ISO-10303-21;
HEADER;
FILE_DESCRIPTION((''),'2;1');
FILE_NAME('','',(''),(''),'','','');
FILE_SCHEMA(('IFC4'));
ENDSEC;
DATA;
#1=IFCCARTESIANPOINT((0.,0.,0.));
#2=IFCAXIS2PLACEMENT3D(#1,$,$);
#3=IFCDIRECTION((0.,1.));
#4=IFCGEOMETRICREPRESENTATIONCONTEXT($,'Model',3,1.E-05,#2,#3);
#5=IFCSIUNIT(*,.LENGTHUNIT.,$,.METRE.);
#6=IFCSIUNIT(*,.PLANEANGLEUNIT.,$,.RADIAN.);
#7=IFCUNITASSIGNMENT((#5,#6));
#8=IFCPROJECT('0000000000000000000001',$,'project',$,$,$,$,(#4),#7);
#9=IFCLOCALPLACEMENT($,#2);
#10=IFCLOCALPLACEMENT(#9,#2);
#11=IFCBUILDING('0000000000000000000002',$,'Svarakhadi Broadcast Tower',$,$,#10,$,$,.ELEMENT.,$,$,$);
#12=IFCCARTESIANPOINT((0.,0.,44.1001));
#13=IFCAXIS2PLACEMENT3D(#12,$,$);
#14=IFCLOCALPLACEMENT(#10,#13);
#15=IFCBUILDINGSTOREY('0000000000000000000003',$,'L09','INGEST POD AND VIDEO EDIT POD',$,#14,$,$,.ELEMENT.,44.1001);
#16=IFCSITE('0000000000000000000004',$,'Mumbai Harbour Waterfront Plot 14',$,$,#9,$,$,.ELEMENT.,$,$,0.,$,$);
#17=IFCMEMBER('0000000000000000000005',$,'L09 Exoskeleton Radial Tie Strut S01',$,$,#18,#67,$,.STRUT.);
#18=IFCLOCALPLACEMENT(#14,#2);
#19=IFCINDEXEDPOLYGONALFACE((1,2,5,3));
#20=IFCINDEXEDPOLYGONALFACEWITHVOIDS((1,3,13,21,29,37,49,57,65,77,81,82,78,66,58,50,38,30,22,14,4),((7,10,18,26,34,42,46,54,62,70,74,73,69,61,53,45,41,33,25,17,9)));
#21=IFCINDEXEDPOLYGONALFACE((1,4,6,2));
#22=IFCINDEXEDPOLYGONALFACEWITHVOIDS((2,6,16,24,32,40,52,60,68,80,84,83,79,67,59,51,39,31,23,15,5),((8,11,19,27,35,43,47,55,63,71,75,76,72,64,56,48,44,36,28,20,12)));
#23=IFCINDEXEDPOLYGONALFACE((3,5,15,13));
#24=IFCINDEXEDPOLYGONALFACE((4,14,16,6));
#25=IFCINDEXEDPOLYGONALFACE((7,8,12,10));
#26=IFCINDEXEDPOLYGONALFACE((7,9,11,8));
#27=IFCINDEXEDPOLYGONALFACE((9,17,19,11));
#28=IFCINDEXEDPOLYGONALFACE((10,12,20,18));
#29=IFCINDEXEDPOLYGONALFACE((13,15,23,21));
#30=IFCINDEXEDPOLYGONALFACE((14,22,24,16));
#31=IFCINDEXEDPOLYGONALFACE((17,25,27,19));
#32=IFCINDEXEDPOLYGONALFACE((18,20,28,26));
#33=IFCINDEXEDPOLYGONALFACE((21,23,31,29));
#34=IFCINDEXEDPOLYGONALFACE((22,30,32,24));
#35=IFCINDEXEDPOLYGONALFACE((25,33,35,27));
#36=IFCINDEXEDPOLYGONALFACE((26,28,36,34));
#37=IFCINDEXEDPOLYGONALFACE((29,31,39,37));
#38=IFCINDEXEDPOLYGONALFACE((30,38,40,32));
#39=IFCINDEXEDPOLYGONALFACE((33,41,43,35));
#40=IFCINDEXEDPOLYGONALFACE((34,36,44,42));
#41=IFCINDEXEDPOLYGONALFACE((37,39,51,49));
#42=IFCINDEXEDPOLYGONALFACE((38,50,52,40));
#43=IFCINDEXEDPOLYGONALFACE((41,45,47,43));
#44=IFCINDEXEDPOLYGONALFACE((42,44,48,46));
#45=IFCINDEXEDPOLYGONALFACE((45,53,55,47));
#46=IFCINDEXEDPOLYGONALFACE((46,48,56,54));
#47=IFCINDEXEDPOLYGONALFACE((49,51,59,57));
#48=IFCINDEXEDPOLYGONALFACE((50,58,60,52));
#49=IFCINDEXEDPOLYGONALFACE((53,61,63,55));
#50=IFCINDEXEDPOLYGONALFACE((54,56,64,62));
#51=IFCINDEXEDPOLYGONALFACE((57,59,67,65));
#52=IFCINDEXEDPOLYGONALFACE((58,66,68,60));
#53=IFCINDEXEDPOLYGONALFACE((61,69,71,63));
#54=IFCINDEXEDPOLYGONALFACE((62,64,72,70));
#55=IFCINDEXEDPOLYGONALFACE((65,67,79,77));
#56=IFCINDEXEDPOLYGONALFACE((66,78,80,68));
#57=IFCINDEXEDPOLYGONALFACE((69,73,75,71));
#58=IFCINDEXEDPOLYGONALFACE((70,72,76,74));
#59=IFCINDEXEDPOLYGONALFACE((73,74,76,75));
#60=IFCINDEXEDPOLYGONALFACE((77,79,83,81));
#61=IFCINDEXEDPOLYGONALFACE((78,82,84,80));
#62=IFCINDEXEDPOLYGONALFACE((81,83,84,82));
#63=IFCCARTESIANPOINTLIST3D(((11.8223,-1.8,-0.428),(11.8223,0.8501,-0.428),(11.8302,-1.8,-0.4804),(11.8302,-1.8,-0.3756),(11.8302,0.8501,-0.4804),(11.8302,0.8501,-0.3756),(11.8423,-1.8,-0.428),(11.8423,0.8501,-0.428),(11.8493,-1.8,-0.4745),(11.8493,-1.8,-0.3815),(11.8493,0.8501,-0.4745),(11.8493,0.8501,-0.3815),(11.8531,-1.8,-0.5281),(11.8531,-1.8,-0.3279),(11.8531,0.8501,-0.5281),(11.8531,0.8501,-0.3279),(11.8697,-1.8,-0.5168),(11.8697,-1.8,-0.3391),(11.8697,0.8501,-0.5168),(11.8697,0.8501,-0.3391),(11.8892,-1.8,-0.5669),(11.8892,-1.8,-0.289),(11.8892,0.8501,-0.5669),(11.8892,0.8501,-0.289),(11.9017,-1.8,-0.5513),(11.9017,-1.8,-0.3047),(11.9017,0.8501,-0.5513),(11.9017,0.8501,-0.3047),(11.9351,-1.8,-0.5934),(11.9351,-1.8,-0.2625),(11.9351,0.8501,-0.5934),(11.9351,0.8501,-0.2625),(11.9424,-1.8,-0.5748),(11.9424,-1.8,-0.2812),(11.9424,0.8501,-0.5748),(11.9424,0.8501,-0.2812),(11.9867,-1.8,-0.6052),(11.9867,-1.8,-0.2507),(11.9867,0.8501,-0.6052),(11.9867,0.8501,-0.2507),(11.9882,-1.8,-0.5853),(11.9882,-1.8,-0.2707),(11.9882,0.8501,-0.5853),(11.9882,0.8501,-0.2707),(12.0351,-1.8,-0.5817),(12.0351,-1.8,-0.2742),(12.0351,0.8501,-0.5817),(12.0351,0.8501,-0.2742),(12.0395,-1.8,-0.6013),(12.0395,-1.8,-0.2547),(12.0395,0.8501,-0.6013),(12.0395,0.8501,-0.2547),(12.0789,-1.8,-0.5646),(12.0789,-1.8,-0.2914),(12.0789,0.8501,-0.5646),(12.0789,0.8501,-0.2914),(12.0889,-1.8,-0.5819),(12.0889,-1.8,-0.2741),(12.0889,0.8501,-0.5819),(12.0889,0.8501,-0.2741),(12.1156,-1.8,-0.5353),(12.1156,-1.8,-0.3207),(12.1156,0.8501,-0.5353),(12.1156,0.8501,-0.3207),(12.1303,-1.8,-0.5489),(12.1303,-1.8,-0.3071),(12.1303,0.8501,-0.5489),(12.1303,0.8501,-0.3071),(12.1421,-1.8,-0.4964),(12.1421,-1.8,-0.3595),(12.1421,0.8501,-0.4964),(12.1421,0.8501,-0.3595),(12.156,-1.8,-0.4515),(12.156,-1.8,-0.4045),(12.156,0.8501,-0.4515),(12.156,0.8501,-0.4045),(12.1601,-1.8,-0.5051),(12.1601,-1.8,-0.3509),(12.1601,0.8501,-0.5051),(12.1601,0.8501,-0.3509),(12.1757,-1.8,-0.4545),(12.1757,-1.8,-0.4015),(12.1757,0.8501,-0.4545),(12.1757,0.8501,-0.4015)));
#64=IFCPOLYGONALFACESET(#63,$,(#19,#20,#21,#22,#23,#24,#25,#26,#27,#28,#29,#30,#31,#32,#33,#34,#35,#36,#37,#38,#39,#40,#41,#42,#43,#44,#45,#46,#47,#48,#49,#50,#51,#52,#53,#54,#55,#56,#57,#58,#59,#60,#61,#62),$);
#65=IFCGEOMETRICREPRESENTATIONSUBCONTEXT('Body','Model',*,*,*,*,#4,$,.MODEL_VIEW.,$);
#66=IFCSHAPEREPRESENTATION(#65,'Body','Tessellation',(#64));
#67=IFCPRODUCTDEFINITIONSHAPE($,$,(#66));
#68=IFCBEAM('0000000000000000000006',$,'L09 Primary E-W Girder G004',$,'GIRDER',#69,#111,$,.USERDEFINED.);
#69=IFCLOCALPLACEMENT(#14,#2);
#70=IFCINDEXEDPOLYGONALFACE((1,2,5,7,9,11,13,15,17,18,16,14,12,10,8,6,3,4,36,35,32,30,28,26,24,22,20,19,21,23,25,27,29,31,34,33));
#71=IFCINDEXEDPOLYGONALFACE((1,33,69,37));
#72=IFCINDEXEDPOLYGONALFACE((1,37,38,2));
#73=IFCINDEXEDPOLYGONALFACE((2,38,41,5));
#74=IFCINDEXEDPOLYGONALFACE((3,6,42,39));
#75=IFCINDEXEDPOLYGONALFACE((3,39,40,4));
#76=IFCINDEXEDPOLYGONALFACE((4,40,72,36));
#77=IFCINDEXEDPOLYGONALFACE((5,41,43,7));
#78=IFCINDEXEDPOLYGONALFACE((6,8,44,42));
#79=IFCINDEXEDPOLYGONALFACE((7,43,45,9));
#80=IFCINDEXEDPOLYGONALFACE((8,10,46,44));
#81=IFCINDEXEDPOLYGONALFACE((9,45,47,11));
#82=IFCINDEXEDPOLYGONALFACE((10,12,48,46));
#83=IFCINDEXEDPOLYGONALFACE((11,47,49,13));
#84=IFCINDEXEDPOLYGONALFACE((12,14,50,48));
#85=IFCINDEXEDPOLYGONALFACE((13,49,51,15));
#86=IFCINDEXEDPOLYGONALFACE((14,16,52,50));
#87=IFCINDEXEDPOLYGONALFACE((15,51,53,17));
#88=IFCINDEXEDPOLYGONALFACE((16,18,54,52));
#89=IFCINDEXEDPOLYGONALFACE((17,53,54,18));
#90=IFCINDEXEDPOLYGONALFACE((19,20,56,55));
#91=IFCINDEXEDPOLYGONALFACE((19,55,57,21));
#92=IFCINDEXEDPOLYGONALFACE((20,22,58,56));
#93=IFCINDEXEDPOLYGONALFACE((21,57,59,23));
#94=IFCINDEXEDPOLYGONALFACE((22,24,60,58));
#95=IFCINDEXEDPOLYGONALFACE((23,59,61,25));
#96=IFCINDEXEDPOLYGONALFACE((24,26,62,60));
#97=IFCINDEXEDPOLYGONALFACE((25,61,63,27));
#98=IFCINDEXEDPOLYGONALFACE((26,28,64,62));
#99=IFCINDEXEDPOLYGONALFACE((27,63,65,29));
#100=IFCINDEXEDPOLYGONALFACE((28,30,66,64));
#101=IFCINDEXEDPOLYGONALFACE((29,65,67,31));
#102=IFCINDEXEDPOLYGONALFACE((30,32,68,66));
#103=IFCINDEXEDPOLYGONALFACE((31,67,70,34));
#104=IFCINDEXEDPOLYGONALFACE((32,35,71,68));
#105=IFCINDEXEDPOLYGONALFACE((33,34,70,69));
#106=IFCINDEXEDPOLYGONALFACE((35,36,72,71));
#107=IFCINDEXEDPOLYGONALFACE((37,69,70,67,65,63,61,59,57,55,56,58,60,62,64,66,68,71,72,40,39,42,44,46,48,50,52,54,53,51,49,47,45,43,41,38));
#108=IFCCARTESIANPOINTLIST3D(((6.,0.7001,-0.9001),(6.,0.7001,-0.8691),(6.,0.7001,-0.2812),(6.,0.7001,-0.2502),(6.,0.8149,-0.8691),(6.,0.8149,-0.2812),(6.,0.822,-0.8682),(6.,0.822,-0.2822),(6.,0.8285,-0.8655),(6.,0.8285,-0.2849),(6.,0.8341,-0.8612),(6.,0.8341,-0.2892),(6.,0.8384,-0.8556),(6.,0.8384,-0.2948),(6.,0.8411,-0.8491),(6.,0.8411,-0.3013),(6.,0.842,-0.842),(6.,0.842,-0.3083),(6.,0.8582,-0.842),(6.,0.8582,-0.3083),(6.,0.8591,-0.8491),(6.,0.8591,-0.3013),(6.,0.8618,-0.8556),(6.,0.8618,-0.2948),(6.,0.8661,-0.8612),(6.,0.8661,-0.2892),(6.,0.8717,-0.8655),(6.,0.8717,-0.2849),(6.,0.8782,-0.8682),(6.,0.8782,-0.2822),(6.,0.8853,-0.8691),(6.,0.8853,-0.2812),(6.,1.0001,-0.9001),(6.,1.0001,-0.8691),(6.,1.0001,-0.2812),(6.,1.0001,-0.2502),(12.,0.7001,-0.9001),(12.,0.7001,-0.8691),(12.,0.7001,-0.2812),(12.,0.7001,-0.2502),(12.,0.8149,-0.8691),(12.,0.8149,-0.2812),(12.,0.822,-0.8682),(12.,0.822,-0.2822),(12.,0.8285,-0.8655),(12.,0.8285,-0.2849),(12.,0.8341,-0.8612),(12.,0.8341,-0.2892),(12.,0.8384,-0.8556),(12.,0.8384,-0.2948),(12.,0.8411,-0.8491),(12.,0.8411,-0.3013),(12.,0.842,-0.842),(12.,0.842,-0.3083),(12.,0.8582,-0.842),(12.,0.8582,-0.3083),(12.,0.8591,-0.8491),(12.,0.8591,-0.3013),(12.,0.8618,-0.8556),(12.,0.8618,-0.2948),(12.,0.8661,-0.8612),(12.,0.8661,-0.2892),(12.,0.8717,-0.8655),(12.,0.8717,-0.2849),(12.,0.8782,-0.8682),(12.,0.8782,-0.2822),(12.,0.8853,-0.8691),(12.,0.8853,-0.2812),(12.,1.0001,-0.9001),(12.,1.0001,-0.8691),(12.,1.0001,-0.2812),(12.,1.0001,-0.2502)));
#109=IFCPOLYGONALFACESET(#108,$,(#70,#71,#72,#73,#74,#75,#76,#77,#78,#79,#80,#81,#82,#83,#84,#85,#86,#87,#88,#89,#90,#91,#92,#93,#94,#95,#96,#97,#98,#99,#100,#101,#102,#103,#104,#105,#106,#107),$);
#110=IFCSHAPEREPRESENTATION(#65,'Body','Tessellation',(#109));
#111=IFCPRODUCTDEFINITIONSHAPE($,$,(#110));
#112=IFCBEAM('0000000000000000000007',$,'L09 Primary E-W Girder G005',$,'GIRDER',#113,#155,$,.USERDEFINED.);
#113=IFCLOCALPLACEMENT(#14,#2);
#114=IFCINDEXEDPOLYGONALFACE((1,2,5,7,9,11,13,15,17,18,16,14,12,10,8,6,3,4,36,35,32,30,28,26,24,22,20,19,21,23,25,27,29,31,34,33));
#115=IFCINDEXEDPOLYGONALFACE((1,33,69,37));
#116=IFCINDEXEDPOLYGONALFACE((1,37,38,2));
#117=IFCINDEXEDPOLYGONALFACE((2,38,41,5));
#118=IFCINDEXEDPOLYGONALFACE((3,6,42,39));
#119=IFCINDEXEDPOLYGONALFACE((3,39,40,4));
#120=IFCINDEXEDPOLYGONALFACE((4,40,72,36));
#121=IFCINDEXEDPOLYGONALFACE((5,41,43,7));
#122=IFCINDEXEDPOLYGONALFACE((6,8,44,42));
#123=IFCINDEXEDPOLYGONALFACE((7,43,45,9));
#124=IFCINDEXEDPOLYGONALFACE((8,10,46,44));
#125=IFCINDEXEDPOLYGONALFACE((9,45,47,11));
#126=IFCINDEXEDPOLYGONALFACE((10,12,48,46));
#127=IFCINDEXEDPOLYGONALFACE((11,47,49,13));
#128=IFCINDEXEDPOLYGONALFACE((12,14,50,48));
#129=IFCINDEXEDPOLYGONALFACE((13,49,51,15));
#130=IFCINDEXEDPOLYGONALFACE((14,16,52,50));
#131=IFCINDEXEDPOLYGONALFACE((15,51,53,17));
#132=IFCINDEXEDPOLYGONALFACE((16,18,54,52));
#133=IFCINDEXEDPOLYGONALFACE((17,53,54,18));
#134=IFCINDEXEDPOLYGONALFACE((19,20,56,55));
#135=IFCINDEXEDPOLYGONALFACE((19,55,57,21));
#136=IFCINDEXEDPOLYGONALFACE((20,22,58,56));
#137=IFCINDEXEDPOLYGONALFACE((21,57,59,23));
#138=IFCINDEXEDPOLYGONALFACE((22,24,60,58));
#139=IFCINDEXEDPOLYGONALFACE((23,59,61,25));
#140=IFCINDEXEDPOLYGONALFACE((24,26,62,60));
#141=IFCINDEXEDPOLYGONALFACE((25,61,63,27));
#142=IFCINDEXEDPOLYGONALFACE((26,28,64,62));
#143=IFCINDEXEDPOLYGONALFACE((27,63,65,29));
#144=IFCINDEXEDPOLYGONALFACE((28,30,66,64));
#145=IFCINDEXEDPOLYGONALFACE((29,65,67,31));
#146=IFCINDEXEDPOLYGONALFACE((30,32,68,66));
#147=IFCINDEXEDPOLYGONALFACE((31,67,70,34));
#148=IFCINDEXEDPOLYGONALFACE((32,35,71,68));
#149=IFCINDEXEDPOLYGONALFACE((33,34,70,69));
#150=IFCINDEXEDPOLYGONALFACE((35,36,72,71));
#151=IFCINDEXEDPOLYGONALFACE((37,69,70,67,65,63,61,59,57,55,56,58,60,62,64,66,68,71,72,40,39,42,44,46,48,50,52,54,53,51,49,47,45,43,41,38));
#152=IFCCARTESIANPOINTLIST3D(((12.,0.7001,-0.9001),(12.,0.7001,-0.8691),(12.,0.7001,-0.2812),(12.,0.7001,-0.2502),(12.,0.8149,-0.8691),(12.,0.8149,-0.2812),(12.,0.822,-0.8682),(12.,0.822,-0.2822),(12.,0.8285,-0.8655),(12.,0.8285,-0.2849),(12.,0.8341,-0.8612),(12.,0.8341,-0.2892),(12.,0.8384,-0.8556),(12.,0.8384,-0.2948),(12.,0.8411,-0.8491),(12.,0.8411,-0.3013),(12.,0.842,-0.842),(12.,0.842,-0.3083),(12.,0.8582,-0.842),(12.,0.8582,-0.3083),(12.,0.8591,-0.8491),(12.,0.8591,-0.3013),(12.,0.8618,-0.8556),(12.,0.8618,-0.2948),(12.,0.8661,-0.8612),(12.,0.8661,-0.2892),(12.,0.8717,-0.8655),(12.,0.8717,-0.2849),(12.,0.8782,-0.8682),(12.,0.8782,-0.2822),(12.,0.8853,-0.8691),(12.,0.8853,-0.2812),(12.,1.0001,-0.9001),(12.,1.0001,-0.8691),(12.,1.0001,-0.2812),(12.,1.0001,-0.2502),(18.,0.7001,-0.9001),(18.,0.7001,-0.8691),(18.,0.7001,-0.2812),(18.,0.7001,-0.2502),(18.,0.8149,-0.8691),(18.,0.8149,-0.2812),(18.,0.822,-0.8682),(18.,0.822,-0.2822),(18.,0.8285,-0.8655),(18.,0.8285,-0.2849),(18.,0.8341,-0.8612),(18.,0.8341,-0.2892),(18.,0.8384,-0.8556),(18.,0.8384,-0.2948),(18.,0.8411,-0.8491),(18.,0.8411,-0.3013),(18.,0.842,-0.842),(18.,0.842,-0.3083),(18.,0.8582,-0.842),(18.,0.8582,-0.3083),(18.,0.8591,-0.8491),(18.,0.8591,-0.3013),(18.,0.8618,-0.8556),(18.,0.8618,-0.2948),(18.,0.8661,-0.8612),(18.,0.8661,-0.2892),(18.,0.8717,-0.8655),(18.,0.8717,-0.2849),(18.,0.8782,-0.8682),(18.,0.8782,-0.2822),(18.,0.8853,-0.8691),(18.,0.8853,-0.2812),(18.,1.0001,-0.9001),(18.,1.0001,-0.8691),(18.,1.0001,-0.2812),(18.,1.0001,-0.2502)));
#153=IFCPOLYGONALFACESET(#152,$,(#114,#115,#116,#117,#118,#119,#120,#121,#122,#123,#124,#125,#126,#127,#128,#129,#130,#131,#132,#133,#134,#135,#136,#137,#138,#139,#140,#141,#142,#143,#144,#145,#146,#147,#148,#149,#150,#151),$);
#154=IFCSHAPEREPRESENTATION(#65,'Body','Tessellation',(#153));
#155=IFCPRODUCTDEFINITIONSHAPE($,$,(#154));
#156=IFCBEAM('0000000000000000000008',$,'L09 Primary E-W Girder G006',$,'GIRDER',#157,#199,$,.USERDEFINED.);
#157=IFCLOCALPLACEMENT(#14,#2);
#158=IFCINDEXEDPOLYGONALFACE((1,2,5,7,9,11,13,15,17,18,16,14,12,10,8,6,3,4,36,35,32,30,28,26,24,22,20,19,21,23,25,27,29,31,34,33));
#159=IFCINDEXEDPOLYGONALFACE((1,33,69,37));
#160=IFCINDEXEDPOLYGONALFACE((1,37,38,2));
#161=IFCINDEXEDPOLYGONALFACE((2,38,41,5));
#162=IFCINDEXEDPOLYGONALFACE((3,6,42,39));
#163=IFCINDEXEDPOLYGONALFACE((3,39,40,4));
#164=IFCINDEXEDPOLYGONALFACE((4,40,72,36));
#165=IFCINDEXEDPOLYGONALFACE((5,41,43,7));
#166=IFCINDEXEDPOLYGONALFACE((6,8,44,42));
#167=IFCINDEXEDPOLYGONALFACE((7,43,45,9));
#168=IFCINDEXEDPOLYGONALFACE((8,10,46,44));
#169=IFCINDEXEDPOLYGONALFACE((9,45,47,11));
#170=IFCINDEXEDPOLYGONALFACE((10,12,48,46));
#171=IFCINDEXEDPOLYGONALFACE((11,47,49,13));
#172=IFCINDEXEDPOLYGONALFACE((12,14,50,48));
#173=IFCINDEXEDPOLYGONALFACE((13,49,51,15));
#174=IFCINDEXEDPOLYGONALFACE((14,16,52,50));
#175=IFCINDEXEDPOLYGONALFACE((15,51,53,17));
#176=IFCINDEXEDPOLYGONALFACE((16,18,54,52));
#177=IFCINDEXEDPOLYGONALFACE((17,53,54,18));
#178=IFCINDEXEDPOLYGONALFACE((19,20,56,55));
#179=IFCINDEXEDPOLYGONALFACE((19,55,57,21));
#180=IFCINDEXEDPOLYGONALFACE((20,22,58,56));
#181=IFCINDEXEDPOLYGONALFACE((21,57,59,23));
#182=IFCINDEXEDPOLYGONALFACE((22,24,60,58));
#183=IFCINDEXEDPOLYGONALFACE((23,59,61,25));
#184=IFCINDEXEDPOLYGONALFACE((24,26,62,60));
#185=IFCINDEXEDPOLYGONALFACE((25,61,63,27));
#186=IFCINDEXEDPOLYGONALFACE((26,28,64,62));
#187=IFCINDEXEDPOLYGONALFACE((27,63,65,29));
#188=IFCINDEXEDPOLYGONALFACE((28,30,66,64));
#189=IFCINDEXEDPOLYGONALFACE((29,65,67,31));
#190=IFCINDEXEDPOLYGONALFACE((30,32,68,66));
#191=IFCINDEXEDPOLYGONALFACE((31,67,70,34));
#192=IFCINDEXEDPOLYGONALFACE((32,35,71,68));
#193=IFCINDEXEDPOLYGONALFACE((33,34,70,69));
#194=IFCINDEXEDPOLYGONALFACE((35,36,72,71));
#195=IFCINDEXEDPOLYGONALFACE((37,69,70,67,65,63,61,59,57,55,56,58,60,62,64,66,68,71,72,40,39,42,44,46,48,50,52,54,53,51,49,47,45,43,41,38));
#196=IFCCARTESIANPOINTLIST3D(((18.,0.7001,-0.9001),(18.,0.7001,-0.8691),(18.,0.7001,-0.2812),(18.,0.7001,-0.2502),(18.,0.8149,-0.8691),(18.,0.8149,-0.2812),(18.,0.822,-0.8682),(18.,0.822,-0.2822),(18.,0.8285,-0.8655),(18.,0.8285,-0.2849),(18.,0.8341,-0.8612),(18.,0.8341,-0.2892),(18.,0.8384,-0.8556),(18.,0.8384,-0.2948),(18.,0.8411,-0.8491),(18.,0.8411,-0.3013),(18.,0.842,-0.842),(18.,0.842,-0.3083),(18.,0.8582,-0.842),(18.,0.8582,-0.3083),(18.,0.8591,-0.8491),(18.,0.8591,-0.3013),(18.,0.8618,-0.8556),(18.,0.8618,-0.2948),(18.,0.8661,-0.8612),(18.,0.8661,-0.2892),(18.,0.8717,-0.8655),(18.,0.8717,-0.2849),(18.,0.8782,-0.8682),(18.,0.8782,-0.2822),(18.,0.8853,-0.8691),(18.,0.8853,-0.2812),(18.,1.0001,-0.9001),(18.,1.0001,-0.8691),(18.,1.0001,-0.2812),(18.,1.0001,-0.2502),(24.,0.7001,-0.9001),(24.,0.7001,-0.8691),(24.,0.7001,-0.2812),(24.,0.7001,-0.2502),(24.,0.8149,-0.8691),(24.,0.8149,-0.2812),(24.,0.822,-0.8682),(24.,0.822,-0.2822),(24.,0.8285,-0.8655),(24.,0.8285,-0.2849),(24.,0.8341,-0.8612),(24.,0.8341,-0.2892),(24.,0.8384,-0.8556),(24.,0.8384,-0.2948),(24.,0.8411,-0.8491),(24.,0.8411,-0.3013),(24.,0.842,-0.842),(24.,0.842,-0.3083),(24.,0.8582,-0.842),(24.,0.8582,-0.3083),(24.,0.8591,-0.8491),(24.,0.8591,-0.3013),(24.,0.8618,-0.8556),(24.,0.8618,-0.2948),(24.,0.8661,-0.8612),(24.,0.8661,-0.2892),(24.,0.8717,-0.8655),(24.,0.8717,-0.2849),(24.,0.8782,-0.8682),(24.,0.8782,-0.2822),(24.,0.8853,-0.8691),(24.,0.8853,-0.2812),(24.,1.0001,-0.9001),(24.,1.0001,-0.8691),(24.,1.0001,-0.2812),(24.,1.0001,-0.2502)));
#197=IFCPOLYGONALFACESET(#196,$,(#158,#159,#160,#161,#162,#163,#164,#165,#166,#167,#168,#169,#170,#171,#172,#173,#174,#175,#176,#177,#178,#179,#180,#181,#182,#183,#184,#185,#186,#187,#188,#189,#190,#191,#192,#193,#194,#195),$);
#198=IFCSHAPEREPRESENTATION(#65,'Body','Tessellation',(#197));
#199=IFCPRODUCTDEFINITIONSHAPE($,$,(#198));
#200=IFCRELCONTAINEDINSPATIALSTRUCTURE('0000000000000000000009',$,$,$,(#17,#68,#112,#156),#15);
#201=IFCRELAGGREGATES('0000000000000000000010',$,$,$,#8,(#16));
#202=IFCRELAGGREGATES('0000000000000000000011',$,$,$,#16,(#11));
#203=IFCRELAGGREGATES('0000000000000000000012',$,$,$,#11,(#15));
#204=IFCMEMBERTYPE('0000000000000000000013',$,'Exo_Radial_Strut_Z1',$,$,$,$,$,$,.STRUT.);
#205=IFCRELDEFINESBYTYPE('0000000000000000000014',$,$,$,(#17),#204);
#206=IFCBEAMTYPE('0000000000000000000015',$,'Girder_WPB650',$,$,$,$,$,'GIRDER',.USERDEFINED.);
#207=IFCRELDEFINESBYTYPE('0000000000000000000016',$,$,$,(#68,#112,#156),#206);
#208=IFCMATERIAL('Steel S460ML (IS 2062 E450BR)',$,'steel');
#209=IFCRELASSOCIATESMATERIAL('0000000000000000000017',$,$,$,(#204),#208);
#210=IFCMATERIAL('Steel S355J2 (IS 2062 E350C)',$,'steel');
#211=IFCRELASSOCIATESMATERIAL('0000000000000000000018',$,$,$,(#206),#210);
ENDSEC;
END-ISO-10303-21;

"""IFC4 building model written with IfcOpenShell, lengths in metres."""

from ifc_helpers import new_model, si_unit, direction, frame, origin, origin_2d, place, context, subcontext, project, spatial, hollow_circle, i_section, extrude, material, material_profile, profile_set, type_object, element, save


model = new_model("IFC4")

# Units and contexts
model_context = context("Model", 3, precision=1e-05, world=origin(), true_north=direction((0.0, 1.0)))
body_context = subcontext(model_context, "Body", "Model", "MODEL_VIEW")
ifc_project = project(units=[si_unit("LENGTHUNIT", "METRE"), si_unit("PLANEANGLEUNIT", "RADIAN")], contexts=[model_context])

# Site, building, storey
site_placement = place(None, origin())
site = spatial("IfcSite", under=ifc_project, at=site_placement, Name="Mumbai Harbour Waterfront Plot 14", CompositionType="ELEMENT", RefElevation=0.0)
building_placement = place(site_placement, origin())
building = spatial("IfcBuilding", under=site, at=building_placement, Name="Svarakhadi Broadcast Tower", CompositionType="ELEMENT")
storey_placement = place(building_placement, frame((0.0, 0.0, 44.1001)))
storey = spatial("IfcBuildingStorey", under=building, at=storey_placement, Name="L09", Description="INGEST POD AND VIDEO EDIT POD", CompositionType="ELEMENT", Elevation=44.1001)

# Shared definitions
ifc_material_1 = material(Name="Steel S460ML (IS 2062 E450BR)", Category="steel")

# Shared definitions
ifc_material_2 = material(Name="Steel S355J2 (IS 2062 E350C)", Category="steel")

# Member
ifc_material_profile_1 = material_profile(ifc_material_1, hollow_circle(Radius=0.1777, WallThickness=0.02, at=origin_2d()), Name="CHS 355.6x20")
ifc_profile_set_1 = profile_set([ifc_material_profile_1], Name="Steel S460ML (IS 2062 E450BR)")
member_type_1 = type_object("IfcMemberType", Name="Exo_Radial_Strut_Z1", PredefinedType="STRUT", material=ifc_profile_set_1)
member_1_placement = place(storey_placement, frame((12.0, -1.8, -0.428), z_axis=(0.0, 1.0, 0.0), x_axis=(-1.0, 0.0, 0.0)))
element("IfcMember", 1, at=member_1_placement, inside=storey, type_object=member_type_1, Name="L09 Exoskeleton Radial Tie Strut S01", PredefinedType="STRUT", context=body_context, shape_type="SweptSolid", body=[
    extrude(hollow_circle(Radius=0.1777, WallThickness=0.02, at=origin_2d()), origin(), (0.0, 0.0, 1.0), 2.6501),
])

# Beams
ifc_material_profile_2 = material_profile(ifc_material_2, i_section(OverallWidth=0.3, OverallDepth=0.6499, WebThickness=0.0161, FlangeThickness=0.031, FilletRadius=0.0271, at=origin_2d()), Name="WPB 650x300x225")
ifc_profile_set_2 = profile_set([ifc_material_profile_2], Name="Steel S355J2 (IS 2062 E350C)")
beam_type_1 = type_object("IfcBeamType", Name="Girder_WPB650", ElementType="GIRDER", PredefinedType="USERDEFINED", material=ifc_profile_set_2)
for number, where, z_axis, x_axis, name in (
    (2, (6.0, 0.8501, -0.5752), (1.0, 0.0, 0.0), (0.0, 1.0, 0.0), "L09 Primary E-W Girder G004"),
    (3, (12.0, 0.8501, -0.5752), (1.0, 0.0, 0.0), (0.0, 1.0, 0.0), "L09 Primary E-W Girder G005"),
    (4, (18.0, 0.8501, -0.5752), (1.0, 0.0, 0.0), (0.0, 1.0, 0.0), "L09 Primary E-W Girder G006"),
):
    element("IfcBeam", number, at=place(storey_placement, frame(where, z_axis=z_axis, x_axis=x_axis)), inside=storey, type_object=beam_type_1, Name=name, ObjectType="GIRDER", PredefinedType="USERDEFINED", context=body_context, shape_type="SweptSolid", body=[
        extrude(i_section(OverallWidth=0.3, OverallDepth=0.6499, WebThickness=0.0161, FlangeThickness=0.031, FilletRadius=0.0271, at=origin_2d()), origin(), (0.0, 0.0, 1.0), 6.0),
    ])

save(model, "model.ifc")
